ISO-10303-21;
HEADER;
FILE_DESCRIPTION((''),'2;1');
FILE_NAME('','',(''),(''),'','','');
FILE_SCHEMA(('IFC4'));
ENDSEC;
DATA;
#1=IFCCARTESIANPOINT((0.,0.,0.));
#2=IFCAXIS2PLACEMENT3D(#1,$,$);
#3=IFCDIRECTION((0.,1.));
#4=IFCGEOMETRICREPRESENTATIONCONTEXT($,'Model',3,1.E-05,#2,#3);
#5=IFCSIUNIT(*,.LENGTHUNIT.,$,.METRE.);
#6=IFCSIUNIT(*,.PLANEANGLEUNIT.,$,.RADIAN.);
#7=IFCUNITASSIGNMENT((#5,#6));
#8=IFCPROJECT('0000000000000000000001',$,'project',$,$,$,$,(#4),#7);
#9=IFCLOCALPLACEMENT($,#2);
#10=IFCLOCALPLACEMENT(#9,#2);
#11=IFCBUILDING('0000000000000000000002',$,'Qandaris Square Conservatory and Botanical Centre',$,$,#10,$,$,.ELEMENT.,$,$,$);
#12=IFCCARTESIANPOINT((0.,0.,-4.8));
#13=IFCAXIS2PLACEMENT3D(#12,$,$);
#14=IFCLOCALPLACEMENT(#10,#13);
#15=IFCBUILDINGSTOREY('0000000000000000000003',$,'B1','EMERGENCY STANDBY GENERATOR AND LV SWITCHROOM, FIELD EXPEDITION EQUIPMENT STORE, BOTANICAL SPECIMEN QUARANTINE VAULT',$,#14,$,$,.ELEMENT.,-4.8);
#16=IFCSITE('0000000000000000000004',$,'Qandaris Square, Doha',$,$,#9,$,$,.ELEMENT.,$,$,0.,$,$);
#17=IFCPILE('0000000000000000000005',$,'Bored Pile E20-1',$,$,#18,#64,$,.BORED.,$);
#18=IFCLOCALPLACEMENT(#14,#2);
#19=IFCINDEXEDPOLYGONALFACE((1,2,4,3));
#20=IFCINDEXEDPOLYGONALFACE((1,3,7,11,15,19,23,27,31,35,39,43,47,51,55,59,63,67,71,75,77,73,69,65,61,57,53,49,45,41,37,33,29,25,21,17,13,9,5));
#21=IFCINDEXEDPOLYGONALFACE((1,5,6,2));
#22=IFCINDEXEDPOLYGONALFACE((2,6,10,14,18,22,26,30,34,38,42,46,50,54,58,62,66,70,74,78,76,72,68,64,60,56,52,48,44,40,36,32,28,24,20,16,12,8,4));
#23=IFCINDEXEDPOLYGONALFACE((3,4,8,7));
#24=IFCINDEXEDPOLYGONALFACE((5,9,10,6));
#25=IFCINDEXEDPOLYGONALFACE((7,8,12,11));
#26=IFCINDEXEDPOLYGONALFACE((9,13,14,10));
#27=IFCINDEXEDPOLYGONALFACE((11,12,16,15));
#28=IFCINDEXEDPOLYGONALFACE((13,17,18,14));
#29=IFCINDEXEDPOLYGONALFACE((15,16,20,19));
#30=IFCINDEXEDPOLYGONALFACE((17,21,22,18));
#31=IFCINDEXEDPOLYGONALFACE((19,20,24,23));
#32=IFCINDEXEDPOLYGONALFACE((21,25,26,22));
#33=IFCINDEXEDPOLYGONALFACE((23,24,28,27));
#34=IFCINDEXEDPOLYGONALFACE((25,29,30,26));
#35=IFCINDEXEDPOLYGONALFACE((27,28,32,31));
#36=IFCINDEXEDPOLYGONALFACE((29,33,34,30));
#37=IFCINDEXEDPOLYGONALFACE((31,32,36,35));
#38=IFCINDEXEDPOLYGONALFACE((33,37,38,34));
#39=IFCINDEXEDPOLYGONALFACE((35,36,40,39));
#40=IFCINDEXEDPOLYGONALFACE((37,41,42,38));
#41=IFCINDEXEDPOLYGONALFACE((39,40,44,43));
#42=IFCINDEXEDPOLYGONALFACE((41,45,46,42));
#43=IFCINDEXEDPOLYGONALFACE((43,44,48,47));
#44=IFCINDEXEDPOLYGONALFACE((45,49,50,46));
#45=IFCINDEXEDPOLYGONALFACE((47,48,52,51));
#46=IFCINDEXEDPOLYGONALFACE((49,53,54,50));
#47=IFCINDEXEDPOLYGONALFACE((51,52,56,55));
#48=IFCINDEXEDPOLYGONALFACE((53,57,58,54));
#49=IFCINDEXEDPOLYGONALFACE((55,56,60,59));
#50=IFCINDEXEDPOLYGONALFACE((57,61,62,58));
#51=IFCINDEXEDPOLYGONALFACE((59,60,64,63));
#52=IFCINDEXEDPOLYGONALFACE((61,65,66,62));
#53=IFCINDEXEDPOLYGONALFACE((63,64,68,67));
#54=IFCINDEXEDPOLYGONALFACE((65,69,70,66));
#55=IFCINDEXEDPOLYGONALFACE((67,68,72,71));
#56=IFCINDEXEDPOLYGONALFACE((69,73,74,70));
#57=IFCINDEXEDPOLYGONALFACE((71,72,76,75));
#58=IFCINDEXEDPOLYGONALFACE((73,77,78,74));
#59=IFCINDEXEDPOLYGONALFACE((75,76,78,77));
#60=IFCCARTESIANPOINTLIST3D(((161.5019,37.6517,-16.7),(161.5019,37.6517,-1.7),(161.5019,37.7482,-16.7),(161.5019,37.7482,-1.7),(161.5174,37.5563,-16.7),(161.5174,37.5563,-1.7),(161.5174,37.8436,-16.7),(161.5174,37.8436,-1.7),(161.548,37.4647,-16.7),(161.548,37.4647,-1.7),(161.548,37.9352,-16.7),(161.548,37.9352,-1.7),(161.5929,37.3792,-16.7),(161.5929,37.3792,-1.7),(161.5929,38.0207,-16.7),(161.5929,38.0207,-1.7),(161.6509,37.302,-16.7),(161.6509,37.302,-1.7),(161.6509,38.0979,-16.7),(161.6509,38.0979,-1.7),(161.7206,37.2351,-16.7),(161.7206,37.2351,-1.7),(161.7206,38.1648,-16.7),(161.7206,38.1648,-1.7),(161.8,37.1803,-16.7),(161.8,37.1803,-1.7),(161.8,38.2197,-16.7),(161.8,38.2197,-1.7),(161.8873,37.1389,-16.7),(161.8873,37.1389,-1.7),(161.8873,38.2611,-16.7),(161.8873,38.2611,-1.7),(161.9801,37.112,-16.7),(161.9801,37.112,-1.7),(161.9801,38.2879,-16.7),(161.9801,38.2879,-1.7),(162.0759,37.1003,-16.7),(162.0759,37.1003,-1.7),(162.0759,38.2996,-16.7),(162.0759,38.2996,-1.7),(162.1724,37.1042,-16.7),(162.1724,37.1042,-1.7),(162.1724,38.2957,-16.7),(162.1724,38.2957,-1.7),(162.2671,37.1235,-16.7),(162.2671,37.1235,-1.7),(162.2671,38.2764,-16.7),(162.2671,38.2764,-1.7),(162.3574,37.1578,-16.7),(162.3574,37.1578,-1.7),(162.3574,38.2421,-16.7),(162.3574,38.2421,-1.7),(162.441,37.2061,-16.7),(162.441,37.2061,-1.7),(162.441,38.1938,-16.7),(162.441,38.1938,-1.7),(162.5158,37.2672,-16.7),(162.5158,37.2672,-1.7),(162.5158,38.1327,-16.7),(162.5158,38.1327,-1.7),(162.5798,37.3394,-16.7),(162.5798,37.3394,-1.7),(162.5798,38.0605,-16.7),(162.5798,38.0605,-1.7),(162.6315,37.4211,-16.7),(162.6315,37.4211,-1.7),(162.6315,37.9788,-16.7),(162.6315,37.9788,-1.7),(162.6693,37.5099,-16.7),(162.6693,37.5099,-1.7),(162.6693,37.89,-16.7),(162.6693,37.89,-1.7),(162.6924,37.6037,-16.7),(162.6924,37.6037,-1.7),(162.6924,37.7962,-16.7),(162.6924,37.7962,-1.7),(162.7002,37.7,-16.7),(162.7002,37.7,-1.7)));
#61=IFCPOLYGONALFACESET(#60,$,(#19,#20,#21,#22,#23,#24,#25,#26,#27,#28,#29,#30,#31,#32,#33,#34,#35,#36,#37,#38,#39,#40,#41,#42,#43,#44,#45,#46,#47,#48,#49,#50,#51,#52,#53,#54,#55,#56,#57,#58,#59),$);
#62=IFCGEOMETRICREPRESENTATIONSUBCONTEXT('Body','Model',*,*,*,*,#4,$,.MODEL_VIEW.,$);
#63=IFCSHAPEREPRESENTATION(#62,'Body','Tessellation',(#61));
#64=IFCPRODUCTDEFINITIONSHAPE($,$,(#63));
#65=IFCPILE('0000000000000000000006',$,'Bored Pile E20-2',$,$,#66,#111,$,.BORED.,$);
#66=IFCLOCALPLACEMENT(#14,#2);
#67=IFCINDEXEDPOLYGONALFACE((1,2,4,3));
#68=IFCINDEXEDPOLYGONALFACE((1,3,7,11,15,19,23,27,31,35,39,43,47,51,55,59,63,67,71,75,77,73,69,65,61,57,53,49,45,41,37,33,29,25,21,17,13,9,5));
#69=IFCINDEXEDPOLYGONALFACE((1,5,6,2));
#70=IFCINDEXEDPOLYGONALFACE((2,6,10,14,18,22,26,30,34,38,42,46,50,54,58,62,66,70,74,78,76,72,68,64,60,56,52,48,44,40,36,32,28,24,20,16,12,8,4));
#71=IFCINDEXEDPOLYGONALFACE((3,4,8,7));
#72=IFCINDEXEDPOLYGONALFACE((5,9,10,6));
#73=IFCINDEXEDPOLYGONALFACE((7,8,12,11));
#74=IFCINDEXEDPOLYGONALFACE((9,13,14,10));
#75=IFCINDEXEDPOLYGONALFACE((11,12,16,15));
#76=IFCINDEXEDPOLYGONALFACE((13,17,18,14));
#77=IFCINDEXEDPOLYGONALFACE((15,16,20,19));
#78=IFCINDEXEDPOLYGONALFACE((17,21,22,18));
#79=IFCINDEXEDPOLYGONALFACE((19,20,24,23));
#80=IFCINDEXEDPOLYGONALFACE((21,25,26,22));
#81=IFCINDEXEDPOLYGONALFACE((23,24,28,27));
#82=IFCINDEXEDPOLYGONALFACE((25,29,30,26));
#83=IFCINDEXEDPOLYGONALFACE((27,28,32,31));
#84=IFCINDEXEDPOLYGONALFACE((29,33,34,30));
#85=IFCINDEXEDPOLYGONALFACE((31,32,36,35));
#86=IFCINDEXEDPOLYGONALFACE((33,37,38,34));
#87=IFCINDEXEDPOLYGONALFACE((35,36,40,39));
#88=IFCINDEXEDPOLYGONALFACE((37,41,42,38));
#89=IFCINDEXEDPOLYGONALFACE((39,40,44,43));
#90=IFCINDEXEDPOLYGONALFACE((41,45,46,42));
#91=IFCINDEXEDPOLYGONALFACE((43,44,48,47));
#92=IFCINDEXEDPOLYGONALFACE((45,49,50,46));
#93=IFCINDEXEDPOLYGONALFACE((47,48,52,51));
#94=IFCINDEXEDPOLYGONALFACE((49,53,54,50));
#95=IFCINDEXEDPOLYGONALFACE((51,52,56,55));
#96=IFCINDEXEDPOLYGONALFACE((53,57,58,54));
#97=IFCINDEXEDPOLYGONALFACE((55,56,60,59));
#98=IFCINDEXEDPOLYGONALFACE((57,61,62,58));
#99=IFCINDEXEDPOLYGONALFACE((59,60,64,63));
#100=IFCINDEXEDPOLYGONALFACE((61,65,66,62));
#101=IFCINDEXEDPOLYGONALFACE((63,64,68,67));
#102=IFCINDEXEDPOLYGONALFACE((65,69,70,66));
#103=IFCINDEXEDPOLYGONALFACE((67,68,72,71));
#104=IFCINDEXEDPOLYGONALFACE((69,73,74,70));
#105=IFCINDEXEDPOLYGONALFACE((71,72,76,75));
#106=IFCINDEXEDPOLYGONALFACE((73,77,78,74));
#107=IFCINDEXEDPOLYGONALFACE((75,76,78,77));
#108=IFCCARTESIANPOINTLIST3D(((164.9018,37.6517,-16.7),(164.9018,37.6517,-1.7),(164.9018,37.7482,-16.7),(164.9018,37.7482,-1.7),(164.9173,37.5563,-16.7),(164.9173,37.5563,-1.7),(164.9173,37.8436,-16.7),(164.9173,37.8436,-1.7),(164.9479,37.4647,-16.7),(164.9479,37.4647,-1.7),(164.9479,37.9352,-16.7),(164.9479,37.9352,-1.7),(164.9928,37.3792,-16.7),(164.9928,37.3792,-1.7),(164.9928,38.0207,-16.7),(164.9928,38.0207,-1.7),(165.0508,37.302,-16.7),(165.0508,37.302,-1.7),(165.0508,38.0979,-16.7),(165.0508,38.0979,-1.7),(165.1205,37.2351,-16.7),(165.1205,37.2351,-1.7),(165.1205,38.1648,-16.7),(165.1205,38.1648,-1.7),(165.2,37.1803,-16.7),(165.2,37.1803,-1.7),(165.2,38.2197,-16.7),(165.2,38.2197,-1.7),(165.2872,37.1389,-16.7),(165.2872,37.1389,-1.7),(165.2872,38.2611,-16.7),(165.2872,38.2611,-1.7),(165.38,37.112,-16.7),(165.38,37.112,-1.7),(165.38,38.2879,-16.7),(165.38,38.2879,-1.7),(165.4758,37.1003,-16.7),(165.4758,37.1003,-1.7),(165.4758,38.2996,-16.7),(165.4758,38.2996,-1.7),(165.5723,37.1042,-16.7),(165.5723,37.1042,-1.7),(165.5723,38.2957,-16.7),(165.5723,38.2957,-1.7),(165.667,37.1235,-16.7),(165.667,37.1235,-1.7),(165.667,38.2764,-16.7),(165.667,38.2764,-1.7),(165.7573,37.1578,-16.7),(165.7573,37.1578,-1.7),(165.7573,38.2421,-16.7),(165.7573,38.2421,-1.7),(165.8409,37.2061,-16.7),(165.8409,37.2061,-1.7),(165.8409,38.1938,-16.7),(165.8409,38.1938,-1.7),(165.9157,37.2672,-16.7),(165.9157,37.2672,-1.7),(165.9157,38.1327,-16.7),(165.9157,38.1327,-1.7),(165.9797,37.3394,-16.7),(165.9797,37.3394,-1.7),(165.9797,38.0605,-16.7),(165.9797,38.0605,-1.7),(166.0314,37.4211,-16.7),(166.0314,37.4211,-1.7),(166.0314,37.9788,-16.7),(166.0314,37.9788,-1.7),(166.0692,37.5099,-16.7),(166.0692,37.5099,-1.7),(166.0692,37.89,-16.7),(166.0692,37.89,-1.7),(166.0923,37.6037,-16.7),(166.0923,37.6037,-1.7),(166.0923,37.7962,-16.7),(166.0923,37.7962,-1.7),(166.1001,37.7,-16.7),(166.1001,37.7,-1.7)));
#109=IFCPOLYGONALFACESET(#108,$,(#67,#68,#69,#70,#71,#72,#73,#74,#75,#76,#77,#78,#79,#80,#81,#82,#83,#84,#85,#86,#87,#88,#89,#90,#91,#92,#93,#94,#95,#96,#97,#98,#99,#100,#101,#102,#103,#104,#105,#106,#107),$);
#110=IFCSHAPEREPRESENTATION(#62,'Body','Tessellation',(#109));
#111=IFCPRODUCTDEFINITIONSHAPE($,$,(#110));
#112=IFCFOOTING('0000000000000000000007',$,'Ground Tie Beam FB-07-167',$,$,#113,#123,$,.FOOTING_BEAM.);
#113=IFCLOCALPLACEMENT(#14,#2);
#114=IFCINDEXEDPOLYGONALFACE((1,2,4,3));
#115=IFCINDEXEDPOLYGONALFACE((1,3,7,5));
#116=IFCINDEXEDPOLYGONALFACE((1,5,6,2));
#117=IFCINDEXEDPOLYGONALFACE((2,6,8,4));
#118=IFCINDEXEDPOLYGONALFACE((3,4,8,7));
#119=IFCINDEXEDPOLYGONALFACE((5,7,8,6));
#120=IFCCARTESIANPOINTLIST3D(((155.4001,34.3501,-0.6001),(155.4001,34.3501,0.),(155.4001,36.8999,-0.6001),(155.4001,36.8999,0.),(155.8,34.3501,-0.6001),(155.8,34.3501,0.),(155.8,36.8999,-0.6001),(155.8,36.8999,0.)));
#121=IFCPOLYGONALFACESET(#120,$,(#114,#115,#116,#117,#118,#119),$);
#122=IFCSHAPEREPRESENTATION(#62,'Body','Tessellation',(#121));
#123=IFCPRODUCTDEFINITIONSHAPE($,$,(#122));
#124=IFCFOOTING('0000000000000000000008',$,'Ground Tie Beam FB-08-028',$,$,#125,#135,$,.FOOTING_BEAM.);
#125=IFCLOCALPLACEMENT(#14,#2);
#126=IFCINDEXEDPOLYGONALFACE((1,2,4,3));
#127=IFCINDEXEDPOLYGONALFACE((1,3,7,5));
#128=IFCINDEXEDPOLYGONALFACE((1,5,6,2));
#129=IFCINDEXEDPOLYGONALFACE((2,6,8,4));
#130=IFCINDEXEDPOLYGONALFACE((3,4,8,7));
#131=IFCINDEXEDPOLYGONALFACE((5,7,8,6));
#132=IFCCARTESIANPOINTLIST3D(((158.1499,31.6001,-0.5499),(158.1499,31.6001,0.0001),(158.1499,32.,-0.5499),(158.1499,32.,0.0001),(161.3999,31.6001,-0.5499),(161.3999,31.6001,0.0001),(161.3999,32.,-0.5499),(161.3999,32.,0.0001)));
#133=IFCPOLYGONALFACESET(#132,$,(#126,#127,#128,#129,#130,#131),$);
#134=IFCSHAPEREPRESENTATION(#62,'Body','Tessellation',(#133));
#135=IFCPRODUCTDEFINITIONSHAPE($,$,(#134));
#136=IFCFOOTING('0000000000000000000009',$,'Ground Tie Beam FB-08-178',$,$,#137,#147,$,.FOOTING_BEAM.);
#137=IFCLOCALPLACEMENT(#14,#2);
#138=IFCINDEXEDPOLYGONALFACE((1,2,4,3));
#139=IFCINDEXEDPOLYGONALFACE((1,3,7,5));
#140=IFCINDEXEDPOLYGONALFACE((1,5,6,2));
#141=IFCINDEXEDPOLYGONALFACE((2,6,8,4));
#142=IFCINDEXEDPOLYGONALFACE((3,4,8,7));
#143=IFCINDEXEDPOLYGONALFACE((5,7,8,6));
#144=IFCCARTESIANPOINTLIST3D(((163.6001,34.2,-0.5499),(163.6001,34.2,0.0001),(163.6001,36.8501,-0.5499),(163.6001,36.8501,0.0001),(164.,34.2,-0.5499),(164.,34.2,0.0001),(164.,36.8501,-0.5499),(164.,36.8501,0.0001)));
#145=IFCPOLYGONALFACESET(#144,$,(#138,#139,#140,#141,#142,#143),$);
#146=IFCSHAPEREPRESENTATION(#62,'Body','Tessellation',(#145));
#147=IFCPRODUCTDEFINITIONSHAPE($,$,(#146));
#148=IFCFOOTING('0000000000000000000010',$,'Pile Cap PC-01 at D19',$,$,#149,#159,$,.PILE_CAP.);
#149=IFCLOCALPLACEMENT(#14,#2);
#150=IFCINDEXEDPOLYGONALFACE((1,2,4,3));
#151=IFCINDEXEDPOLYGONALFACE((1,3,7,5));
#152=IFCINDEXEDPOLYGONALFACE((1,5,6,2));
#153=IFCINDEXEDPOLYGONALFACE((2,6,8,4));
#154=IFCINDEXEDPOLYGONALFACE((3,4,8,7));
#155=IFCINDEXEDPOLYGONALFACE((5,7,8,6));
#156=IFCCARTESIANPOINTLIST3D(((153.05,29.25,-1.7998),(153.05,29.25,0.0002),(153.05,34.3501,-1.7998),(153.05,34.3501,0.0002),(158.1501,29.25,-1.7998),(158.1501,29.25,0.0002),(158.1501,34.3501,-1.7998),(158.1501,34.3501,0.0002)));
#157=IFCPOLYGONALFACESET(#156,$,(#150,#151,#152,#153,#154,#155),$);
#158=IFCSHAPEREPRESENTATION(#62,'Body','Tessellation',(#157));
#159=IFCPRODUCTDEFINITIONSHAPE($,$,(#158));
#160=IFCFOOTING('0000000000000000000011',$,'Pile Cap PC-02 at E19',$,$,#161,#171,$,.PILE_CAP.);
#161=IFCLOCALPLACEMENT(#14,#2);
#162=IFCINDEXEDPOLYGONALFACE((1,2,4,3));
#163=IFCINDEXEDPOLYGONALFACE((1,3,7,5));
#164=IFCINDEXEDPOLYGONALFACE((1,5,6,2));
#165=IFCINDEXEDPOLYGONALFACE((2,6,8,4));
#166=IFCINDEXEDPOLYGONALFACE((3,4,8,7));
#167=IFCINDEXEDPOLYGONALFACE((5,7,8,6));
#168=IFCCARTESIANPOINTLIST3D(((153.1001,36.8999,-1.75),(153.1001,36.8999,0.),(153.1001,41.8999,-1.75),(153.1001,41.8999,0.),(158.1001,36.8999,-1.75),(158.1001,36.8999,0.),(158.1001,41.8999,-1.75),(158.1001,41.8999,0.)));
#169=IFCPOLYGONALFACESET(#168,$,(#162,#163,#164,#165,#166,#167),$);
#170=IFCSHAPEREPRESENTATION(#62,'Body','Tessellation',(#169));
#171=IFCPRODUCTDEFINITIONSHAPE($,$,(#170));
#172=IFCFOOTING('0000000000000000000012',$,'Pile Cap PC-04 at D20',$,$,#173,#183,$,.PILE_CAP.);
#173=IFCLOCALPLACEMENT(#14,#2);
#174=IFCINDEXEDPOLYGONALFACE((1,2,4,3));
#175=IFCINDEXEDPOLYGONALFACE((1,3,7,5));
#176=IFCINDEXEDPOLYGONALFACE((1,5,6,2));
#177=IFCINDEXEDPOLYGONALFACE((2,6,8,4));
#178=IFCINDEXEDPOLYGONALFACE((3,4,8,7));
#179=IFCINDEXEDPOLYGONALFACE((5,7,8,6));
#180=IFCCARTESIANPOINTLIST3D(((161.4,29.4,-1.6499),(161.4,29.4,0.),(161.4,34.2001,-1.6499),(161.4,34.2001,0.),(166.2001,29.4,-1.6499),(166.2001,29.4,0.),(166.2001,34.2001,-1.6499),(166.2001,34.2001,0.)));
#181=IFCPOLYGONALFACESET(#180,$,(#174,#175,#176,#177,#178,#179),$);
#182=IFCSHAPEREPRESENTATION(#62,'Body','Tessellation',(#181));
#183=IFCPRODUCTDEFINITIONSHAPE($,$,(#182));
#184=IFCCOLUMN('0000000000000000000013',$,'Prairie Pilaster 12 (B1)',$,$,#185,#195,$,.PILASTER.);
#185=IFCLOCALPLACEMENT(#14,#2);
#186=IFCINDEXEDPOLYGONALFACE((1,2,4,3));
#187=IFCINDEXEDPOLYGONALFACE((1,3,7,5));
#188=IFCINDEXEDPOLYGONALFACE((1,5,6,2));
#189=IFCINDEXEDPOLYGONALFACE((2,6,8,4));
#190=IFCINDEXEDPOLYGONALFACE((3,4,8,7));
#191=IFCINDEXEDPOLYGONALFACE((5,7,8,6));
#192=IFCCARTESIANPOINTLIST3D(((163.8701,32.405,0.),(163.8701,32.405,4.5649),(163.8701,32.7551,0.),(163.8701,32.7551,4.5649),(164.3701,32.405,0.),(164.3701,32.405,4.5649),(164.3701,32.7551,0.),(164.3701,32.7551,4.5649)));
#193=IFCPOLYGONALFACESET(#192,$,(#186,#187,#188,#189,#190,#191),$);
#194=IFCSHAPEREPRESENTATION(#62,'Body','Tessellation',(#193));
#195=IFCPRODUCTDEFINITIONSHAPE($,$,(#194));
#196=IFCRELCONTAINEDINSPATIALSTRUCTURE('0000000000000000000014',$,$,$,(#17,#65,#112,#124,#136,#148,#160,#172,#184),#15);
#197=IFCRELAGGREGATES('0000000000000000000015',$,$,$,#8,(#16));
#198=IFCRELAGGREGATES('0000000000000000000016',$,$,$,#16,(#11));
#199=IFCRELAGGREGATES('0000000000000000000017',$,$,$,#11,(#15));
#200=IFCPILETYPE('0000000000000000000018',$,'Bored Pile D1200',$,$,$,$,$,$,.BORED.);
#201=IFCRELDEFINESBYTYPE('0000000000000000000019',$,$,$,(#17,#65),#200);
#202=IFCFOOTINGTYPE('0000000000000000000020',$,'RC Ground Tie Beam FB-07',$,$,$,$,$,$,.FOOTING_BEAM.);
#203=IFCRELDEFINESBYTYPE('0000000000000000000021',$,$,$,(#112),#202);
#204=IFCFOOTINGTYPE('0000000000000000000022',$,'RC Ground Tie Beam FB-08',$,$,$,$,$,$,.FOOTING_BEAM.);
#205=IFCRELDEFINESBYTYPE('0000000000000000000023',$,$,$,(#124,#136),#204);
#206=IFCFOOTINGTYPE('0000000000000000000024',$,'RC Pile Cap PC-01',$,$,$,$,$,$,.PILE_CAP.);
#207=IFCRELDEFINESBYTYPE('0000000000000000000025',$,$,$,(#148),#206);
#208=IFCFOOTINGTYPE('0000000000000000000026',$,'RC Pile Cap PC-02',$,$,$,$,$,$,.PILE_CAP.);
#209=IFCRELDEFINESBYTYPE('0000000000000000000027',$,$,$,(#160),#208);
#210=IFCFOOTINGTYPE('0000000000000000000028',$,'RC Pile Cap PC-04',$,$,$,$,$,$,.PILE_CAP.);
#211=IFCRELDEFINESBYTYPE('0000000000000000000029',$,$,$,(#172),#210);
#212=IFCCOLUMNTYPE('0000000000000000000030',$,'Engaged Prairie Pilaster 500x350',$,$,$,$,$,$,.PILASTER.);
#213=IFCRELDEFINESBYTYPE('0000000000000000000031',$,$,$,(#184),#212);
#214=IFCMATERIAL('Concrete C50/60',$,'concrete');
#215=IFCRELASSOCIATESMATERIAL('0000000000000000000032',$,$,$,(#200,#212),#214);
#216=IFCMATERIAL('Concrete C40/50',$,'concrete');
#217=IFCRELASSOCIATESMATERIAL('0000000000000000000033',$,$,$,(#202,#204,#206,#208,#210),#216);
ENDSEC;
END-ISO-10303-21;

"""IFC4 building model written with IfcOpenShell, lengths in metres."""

from ifc_helpers import new_model, si_unit, direction, frame, origin, origin_2d, place, context, subcontext, project, spatial, rectangle, circle, extrude, material, material_profile, profile_set, type_object, element, save


model = new_model("IFC4")

# Units and contexts
model_context = context("Model", 3, precision=1e-05, world=origin(), true_north=direction((0.0, 1.0)))
body_context = subcontext(model_context, "Body", "Model", "MODEL_VIEW")
ifc_project = project(units=[si_unit("LENGTHUNIT", "METRE"), si_unit("PLANEANGLEUNIT", "RADIAN")], contexts=[model_context])

# Site, building, storey
site_placement = place(None, origin())
site = spatial("IfcSite", under=ifc_project, at=site_placement, Name="Qandaris Square, Doha", CompositionType="ELEMENT", RefElevation=0.0)
building_placement = place(site_placement, origin())
building = spatial("IfcBuilding", under=site, at=building_placement, Name="Qandaris Square Conservatory and Botanical Centre", CompositionType="ELEMENT")
storey_placement = place(building_placement, frame((0.0, 0.0, -4.8)))
storey = spatial("IfcBuildingStorey", under=building, at=storey_placement, Name="B1", Description="EMERGENCY STANDBY GENERATOR AND LV SWITCHROOM, FIELD EXPEDITION EQUIPMENT STORE, BOTANICAL SPECIMEN QUARANTINE VAULT", CompositionType="ELEMENT", Elevation=-4.8)

# Piles
ifc_material_1 = material(Name="Concrete C50/60", Category="concrete")
ifc_material_profile_1 = material_profile(ifc_material_1, circle(Radius=0.6001, at=origin_2d()), Name="PILE D1200")
ifc_profile_set_1 = profile_set([ifc_material_profile_1], Name="Concrete C50/60")
pile_type = type_object("IfcPileType", Name="Bored Pile D1200", PredefinedType="BORED", material=ifc_profile_set_1)
for number, where, z_axis, x_axis, name in (
    (1, (162.1001, 37.7, -1.7), (0.0, 0.0, -1.0), (1.0, 0.0, 0.0), "Bored Pile E20-1"),
    (2, (165.5, 37.7, -1.7), (0.0, 0.0, -1.0), (1.0, 0.0, 0.0), "Bored Pile E20-2"),
):
    element("IfcPile", number, at=place(storey_placement, frame(where, z_axis=z_axis, x_axis=x_axis)), inside=storey, type_object=pile_type, Name=name, PredefinedType="BORED", context=body_context, shape_type="SweptSolid", body=[
        extrude(circle(Radius=0.6001, at=origin_2d()), origin(), (0.0, 0.0, 1.0), 15.0),
    ])

# Footings
ifc_material_2 = material(Name="Concrete C40/50", Category="concrete")
ifc_material_profile_2 = material_profile(ifc_material_2, rectangle(XDim=0.3999, YDim=0.6001, at=origin_2d()), Name="FB 400x600")
ifc_profile_set_2 = profile_set([ifc_material_profile_2], Name="Concrete C40/50")
footing_type_1 = type_object("IfcFootingType", Name="RC Ground Tie Beam FB-07", PredefinedType="FOOTING_BEAM", material=ifc_profile_set_2)
footing_1_placement = place(storey_placement, frame((155.6001, 34.3501, -0.3), z_axis=(0.0, 1.0, 0.0), x_axis=(-1.0, 0.0, 0.0)))
element("IfcFooting", 3, at=footing_1_placement, inside=storey, type_object=footing_type_1, Name="Ground Tie Beam FB-07-167", PredefinedType="FOOTING_BEAM", context=body_context, shape_type="SweptSolid", body=[
    extrude(rectangle(XDim=0.3999, YDim=0.6001, at=origin_2d()), origin(), (0.0, 0.0, 1.0), 2.5498),
])
ifc_material_profile_3 = material_profile(ifc_material_2, rectangle(XDim=0.3999, YDim=0.55, at=origin_2d()), Name="FB 400x550")
ifc_profile_set_3 = profile_set([ifc_material_profile_3], Name="Concrete C40/50")
footing_type_2 = type_object("IfcFootingType", Name="RC Ground Tie Beam FB-08", PredefinedType="FOOTING_BEAM", material=ifc_profile_set_3)
footing_2_placement = place(storey_placement, frame((158.1499, 31.8, -0.2749), z_axis=(1.0, 0.0, 0.0), x_axis=(0.0, 1.0, 0.0)))
element("IfcFooting", 4, at=footing_2_placement, inside=storey, type_object=footing_type_2, Name="Ground Tie Beam FB-08-028", PredefinedType="FOOTING_BEAM", context=body_context, shape_type="SweptSolid", body=[
    extrude(rectangle(XDim=0.3999, YDim=0.55, at=origin_2d()), origin(), (0.0, 0.0, 1.0), 3.25),
])
footing_3_placement = place(storey_placement, frame((163.8, 34.2, -0.2749), z_axis=(0.0, 1.0, 0.0), x_axis=(-1.0, 0.0, 0.0)))
element("IfcFooting", 5, at=footing_3_placement, inside=storey, type_object=footing_type_2, Name="Ground Tie Beam FB-08-178", PredefinedType="FOOTING_BEAM", context=body_context, shape_type="SweptSolid", body=[
    extrude(rectangle(XDim=0.3999, YDim=0.55, at=origin_2d()), origin(), (0.0, 0.0, 1.0), 2.6501),
])
footing_type_3 = type_object("IfcFootingType", Name="RC Pile Cap PC-01", PredefinedType="PILE_CAP", material=ifc_material_2)
footing_4_placement = place(storey_placement, frame((155.6001, 31.8, -1.7998), z_axis=(0.0, 0.0, 1.0), x_axis=(1.0, 0.0, 0.0)))
element("IfcFooting", 6, at=footing_4_placement, inside=storey, type_object=footing_type_3, Name="Pile Cap PC-01 at D19", PredefinedType="PILE_CAP", context=body_context, shape_type="SweptSolid", body=[
    extrude(rectangle(XDim=5.1001, YDim=5.1001, at=origin_2d()), origin(), (0.0, 0.0, 1.0), 1.8),
])
footing_type_4 = type_object("IfcFootingType", Name="RC Pile Cap PC-02", PredefinedType="PILE_CAP", material=ifc_material_2)
footing_5_placement = place(storey_placement, frame((155.6001, 39.3999, -1.75), z_axis=(0.0, 0.0, 1.0), x_axis=(1.0, 0.0, 0.0)))
element("IfcFooting", 7, at=footing_5_placement, inside=storey, type_object=footing_type_4, Name="Pile Cap PC-02 at E19", PredefinedType="PILE_CAP", context=body_context, shape_type="SweptSolid", body=[
    extrude(rectangle(XDim=5.0, YDim=5.0, at=origin_2d()), origin(), (0.0, 0.0, 1.0), 1.75),
])
footing_type_5 = type_object("IfcFootingType", Name="RC Pile Cap PC-04", PredefinedType="PILE_CAP", material=ifc_material_2)
footing_6_placement = place(storey_placement, frame((163.8, 31.8, -1.6499), z_axis=(0.0, 0.0, 1.0), x_axis=(1.0, 0.0, 0.0)))
element("IfcFooting", 8, at=footing_6_placement, inside=storey, type_object=footing_type_5, Name="Pile Cap PC-04 at D20", PredefinedType="PILE_CAP", context=body_context, shape_type="SweptSolid", body=[
    extrude(rectangle(XDim=4.8, YDim=4.8, at=origin_2d()), origin(), (0.0, 0.0, 1.0), 1.6499),
])

# Column
ifc_material_profile_4 = material_profile(ifc_material_1, rectangle(XDim=0.5, YDim=0.3501, at=origin_2d()), Name="RC-PIL 500x350")
ifc_profile_set_4 = profile_set([ifc_material_profile_4], Name="Concrete C50/60")
column_type_1 = type_object("IfcColumnType", Name="Engaged Prairie Pilaster 500x350", PredefinedType="PILASTER", material=ifc_profile_set_4)
column_placement = place(storey_placement, frame((164.1201, 32.5801, 0.0), z_axis=(0.0, 0.0, 1.0), x_axis=(1.0, 0.0, 0.0)))
element("IfcColumn", 9, at=column_placement, inside=storey, type_object=column_type_1, Name="Prairie Pilaster 12 (B1)", PredefinedType="PILASTER", context=body_context, shape_type="SweptSolid", body=[
    extrude(rectangle(XDim=0.5, YDim=0.3501, at=origin_2d()), origin(), (0.0, 0.0, 1.0), 4.5649),
])

save(model, "model.ifc")
